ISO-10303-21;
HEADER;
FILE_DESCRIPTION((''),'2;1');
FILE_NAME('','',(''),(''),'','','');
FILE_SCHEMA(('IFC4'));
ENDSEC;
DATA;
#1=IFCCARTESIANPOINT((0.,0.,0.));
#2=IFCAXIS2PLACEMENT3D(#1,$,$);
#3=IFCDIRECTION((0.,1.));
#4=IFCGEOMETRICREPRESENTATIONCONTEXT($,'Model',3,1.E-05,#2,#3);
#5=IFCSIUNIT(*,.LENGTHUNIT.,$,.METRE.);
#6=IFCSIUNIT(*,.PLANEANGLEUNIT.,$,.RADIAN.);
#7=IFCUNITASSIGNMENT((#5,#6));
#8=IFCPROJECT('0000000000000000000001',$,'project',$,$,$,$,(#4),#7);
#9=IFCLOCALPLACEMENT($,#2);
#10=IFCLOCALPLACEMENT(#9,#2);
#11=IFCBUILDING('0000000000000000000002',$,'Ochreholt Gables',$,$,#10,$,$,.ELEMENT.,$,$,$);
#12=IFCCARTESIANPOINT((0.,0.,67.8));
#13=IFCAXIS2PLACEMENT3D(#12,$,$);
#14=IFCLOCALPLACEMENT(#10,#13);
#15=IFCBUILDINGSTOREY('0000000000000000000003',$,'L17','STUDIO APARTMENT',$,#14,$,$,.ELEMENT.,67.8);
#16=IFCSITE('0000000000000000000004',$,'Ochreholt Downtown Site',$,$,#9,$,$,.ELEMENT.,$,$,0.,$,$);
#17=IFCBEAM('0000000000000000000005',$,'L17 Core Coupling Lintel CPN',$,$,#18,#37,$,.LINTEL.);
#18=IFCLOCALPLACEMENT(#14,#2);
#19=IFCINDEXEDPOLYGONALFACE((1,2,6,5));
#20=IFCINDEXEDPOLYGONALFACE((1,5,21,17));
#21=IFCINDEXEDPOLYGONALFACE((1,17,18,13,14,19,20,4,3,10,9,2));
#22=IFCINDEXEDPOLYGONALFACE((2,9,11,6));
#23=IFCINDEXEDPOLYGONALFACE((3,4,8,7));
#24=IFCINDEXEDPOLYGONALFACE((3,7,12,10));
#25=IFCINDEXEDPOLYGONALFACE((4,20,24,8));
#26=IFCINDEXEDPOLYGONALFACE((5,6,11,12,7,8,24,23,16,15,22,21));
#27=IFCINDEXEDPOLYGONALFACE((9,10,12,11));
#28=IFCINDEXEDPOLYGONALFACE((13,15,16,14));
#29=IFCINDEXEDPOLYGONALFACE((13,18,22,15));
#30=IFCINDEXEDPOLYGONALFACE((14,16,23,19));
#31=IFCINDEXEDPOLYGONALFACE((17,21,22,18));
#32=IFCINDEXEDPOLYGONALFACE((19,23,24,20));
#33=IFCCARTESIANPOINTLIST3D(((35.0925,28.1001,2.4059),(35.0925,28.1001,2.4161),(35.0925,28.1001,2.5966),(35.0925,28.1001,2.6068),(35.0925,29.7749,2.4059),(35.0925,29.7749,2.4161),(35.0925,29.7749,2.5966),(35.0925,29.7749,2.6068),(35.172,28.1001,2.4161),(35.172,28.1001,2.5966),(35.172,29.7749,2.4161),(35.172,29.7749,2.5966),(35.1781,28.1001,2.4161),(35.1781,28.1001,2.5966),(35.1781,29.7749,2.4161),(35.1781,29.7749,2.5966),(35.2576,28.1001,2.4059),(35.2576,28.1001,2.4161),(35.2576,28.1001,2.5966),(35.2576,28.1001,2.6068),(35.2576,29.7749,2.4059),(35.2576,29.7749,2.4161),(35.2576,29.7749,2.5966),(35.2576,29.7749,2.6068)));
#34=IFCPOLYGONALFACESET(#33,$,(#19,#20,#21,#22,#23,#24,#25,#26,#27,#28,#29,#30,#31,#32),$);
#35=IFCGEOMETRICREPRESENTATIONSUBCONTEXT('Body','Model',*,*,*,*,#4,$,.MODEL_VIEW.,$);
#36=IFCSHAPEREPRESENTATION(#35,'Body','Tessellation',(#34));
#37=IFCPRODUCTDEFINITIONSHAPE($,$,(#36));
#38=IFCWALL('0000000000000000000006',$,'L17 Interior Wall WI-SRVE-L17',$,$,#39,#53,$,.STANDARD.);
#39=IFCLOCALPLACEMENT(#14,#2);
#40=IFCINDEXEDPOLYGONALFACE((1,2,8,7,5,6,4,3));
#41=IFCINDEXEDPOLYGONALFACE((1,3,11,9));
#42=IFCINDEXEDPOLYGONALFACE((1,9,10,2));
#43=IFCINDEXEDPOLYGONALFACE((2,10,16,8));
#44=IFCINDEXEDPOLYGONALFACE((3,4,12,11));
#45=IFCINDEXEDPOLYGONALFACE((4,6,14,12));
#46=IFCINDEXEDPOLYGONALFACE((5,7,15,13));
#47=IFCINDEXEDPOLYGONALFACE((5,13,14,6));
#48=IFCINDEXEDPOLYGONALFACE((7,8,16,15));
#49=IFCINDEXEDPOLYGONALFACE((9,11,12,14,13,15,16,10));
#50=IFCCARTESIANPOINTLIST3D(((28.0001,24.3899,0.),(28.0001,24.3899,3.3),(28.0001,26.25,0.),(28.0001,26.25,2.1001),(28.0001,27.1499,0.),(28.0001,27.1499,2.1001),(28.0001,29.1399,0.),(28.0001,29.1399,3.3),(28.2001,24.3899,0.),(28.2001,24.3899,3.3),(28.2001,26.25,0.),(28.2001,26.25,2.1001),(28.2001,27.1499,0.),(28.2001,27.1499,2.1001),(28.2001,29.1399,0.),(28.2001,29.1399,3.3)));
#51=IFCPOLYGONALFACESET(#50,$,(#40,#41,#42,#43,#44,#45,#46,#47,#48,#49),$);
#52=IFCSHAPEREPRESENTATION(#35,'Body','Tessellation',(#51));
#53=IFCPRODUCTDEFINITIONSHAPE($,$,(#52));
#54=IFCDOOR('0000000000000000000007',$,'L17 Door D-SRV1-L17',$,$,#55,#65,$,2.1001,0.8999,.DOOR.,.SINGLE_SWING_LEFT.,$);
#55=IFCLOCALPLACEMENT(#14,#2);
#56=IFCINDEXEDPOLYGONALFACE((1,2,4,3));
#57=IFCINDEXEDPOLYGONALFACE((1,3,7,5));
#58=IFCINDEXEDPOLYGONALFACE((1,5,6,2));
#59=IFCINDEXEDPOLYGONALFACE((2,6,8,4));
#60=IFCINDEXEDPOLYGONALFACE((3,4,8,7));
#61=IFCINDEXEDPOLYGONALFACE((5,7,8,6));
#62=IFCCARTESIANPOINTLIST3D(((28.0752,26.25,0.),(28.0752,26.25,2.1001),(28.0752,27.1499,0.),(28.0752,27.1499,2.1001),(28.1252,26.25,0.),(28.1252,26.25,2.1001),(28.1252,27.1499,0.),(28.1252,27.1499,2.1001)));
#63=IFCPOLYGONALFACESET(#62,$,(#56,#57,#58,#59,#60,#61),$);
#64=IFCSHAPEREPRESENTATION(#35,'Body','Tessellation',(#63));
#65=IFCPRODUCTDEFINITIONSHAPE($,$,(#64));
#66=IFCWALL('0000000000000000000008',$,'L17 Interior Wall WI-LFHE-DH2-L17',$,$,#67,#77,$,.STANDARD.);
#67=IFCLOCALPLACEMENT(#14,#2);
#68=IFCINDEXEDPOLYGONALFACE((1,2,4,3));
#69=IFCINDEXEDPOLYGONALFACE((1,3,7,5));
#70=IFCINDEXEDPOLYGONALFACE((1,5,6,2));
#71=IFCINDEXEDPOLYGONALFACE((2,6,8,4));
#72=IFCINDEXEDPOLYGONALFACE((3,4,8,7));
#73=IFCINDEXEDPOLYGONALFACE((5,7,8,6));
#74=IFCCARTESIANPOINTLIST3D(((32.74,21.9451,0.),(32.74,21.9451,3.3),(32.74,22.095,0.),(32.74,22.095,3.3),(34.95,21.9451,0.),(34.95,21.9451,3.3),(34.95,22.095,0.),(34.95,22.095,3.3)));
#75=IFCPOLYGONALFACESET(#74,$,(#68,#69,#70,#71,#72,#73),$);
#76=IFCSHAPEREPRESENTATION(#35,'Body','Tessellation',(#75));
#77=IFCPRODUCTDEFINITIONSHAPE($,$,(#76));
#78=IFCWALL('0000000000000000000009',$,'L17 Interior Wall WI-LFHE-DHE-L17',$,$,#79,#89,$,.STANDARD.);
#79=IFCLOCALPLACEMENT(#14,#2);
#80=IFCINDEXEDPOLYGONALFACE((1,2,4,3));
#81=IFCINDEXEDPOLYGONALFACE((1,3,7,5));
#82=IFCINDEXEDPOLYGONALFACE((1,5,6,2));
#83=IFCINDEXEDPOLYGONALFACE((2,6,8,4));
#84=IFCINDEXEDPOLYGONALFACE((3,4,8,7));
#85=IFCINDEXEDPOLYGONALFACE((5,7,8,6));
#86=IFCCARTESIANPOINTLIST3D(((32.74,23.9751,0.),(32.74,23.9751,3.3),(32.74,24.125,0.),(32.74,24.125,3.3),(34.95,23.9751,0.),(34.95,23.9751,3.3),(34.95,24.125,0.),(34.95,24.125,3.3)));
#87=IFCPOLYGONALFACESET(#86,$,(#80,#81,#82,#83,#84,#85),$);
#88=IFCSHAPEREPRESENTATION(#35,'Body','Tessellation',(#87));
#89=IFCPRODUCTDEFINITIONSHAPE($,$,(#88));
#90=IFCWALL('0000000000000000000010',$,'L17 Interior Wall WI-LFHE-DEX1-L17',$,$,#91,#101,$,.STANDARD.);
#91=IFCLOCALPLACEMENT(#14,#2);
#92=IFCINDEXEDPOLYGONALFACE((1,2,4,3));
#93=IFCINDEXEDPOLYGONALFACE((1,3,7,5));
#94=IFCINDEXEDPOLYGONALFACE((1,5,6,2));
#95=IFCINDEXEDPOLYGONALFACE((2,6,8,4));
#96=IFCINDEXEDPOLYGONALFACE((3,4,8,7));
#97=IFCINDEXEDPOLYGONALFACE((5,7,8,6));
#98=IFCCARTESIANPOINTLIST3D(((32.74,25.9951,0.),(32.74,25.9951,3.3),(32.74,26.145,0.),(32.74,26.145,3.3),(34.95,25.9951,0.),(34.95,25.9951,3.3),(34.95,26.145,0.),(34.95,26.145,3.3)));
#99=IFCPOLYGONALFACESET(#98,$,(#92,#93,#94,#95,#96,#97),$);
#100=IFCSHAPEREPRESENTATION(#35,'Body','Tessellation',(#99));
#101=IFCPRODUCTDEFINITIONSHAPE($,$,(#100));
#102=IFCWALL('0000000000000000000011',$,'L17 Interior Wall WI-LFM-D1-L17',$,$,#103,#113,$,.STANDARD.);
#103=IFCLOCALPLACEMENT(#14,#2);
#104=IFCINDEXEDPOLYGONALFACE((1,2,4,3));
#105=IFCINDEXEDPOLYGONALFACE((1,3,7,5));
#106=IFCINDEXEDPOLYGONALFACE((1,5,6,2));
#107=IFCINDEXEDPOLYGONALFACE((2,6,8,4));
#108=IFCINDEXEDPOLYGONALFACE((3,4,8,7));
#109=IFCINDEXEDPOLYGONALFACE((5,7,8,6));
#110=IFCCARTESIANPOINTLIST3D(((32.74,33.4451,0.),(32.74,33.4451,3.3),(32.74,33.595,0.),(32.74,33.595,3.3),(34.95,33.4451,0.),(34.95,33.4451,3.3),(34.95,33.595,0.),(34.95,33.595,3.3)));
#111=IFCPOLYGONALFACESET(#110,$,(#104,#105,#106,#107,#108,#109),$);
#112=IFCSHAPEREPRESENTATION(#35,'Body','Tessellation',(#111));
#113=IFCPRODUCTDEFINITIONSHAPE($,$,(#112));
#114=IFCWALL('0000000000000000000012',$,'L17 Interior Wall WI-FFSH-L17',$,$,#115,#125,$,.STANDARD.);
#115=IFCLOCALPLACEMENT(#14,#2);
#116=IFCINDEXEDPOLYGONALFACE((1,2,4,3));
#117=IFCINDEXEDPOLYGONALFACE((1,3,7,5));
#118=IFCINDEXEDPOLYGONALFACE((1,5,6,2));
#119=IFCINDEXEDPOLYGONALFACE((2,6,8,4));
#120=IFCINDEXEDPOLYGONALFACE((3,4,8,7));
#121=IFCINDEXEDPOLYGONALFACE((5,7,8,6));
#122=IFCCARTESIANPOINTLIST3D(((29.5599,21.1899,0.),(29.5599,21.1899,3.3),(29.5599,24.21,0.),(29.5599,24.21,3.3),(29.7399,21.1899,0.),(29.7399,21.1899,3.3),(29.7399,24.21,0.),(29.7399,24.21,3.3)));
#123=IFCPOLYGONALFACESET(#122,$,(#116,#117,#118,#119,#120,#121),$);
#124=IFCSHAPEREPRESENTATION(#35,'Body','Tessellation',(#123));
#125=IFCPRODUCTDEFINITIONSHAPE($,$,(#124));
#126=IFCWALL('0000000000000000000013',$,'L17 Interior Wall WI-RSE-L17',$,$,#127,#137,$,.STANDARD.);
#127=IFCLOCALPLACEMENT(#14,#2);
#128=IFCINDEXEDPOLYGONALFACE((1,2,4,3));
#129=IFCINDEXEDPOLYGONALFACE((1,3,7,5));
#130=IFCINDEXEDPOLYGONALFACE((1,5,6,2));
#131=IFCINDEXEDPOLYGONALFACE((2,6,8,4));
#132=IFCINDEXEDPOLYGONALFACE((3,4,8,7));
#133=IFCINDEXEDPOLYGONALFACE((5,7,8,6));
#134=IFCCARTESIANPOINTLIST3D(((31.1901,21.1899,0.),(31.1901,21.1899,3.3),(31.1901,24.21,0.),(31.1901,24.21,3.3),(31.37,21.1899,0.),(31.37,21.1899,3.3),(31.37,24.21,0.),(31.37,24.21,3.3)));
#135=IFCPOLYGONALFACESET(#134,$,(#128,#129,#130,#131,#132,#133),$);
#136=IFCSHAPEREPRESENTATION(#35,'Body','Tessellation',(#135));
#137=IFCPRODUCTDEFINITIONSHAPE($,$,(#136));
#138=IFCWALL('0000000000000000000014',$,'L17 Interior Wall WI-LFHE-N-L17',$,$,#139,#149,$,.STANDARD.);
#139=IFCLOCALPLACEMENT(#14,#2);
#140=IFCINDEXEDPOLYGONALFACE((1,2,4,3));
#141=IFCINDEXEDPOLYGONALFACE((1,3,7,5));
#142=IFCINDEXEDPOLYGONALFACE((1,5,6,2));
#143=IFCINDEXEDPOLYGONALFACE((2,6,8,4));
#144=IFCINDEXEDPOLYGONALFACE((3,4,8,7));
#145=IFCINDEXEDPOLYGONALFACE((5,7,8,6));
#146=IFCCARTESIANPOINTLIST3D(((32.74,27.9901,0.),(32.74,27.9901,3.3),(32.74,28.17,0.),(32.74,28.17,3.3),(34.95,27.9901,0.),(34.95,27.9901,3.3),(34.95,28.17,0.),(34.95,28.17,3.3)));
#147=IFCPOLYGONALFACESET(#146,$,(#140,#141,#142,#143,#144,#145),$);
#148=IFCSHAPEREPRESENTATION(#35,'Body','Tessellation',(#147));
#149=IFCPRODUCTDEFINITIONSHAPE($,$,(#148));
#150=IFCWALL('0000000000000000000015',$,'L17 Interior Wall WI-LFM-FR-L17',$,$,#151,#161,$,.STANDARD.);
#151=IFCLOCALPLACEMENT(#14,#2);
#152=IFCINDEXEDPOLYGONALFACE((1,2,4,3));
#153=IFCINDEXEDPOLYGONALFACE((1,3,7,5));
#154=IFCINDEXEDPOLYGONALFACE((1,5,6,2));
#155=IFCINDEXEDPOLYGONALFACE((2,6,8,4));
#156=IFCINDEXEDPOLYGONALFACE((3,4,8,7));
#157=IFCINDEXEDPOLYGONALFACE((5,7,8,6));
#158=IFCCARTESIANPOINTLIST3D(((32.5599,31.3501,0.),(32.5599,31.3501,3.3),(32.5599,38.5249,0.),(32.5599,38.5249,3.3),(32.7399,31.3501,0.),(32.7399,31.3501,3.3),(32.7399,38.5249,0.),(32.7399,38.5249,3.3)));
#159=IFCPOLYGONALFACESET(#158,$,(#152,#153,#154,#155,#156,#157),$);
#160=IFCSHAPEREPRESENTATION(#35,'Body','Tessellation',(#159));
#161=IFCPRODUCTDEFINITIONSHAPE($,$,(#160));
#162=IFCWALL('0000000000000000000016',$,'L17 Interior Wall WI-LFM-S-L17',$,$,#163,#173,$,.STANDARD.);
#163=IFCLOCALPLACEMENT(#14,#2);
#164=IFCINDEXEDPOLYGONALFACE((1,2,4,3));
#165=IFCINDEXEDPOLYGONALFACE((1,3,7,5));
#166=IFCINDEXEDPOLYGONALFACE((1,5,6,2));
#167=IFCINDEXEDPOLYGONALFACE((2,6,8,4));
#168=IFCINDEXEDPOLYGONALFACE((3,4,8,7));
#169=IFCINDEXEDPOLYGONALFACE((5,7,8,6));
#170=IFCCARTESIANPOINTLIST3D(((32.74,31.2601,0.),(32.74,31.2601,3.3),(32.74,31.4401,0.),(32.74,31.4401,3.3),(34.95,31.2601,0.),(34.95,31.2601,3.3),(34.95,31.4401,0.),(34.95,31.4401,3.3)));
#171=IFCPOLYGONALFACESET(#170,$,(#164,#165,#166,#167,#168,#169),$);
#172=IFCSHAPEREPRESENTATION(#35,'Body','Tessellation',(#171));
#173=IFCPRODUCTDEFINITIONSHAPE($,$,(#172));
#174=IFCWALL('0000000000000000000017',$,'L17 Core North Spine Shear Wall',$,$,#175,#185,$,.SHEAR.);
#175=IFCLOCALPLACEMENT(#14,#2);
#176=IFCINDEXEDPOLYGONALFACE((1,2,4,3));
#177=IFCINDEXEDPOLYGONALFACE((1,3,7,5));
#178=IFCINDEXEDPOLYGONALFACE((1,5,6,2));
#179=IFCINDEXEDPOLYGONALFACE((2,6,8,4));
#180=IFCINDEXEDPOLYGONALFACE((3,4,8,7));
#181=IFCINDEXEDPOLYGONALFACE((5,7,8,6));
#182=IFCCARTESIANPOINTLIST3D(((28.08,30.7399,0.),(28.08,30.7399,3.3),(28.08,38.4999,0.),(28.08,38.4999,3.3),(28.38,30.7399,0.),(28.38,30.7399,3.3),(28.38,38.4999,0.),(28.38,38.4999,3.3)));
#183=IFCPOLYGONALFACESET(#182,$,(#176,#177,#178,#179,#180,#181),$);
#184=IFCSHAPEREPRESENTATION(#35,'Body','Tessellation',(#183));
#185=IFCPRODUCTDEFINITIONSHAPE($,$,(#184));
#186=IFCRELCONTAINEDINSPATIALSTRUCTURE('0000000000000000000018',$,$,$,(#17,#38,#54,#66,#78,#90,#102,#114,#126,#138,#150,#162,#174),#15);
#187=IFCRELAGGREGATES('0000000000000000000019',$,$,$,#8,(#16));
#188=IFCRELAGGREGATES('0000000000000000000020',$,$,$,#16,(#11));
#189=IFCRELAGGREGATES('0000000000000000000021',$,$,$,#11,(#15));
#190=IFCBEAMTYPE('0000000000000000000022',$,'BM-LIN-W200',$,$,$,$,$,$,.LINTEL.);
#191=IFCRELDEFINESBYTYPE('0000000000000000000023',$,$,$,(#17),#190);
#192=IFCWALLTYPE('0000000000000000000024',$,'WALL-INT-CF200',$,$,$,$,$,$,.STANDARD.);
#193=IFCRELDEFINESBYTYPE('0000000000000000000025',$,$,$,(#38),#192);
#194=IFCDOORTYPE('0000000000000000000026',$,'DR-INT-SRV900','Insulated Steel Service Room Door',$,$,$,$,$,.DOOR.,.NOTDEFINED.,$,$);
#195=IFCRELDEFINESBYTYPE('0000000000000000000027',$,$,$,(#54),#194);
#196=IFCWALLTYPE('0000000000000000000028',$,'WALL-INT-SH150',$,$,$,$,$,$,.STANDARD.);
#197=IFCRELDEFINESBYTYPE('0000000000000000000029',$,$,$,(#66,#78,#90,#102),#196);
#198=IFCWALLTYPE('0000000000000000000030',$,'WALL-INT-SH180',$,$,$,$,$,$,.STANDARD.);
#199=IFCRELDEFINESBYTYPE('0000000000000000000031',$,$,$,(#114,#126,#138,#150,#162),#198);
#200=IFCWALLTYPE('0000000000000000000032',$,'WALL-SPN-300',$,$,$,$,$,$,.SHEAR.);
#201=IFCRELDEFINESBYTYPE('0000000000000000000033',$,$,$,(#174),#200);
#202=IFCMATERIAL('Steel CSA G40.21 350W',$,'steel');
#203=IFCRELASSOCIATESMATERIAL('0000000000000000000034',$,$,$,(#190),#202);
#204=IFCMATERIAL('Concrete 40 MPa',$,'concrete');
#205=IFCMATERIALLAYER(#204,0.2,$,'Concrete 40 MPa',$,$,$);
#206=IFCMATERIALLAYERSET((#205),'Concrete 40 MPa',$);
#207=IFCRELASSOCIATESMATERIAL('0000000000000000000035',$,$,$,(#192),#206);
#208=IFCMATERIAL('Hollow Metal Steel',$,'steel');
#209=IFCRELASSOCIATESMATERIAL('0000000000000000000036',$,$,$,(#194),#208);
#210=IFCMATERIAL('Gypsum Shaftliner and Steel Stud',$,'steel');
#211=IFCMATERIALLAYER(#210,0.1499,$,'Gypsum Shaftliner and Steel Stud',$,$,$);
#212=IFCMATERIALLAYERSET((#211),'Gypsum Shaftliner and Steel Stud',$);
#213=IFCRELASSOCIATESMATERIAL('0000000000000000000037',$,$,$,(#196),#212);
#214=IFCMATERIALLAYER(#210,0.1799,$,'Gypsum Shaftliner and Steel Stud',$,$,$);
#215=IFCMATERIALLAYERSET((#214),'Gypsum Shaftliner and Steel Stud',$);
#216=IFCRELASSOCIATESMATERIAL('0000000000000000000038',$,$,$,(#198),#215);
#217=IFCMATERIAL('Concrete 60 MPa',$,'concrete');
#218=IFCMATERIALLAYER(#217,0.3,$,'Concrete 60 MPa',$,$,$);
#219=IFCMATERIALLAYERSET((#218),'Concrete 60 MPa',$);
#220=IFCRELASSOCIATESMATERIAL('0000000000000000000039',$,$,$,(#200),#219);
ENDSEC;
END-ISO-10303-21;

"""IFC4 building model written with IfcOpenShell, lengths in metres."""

from ifc_helpers import new_model, si_unit, direction, frame, frame_2d, origin, origin_2d, place, context, subcontext, project, spatial, rectangle, i_section, extrude, material, layer, layer_set, material_profile, profile_set, type_object, element, fill, save


model = new_model("IFC4")

# Units and contexts
model_context = context("Model", 3, precision=1e-05, world=origin(), true_north=direction((0.0, 1.0)))
body_context = subcontext(model_context, "Body", "Model", "MODEL_VIEW")
ifc_project = project(units=[si_unit("LENGTHUNIT", "METRE"), si_unit("PLANEANGLEUNIT", "RADIAN")], contexts=[model_context])

# Site, building, storey
site_placement = place(None, origin())
site = spatial("IfcSite", under=ifc_project, at=site_placement, Name="Ochreholt Downtown Site", CompositionType="ELEMENT", RefElevation=0.0)
building_placement = place(site_placement, origin())
building = spatial("IfcBuilding", under=site, at=building_placement, Name="Ochreholt Gables", CompositionType="ELEMENT")
storey_placement = place(building_placement, frame((0.0, 0.0, 67.8)))
storey = spatial("IfcBuildingStorey", under=building, at=storey_placement, Name="L17", Description="STUDIO APARTMENT", CompositionType="ELEMENT", Elevation=67.8)

# Beam
ifc_material_1 = material(Name="Steel CSA G40.21 350W", Category="steel")
ifc_material_profile = material_profile(ifc_material_1, i_section(OverallWidth=0.165, OverallDepth=0.2009, WebThickness=0.0061, FlangeThickness=0.0103, at=origin_2d()), Name="W200X36")
ifc_profile_set = profile_set([ifc_material_profile], Name="Steel CSA G40.21 350W")
beam_type = type_object("IfcBeamType", Name="BM-LIN-W200", PredefinedType="LINTEL", material=ifc_profile_set)
beam_placement = place(storey_placement, frame((35.175, 28.1001, 2.5063), z_axis=(0.0, 1.0, 0.0), x_axis=(-1.0, 0.0, 0.0)))
element("IfcBeam", 1, at=beam_placement, inside=storey, type_object=beam_type, Name="L17 Core Coupling Lintel CPN", PredefinedType="LINTEL", context=body_context, shape_type="SweptSolid", body=[
    extrude(i_section(OverallWidth=0.165, OverallDepth=0.2009, WebThickness=0.0061, FlangeThickness=0.0103, at=origin_2d()), origin(), (0.0, 0.0, 1.0), 1.6748),
])

# Wall, opening, door
ifc_material_2 = material(Name="Concrete 40 MPa", Category="concrete")
ifc_layer_1 = layer(ifc_material_2, 0.2, Name="Concrete 40 MPa")
ifc_layer_set_1 = layer_set([ifc_layer_1], Name="Concrete 40 MPa")
wall_type_1 = type_object("IfcWallType", Name="WALL-INT-CF200", PredefinedType="STANDARD", material=ifc_layer_set_1)
wall_1_placement = place(storey_placement, frame((28.1001, 24.3899, 0.0), z_axis=(0.0, 0.0, 1.0), x_axis=(0.0, 1.0, 0.0)))
wall_1 = element("IfcWall", 2, at=wall_1_placement, inside=storey, type_object=wall_type_1, Name="L17 Interior Wall WI-SRVE-L17", PredefinedType="STANDARD", context=body_context, shape_type="SweptSolid", body=[
    extrude(rectangle(XDim=4.75, YDim=0.2, at=frame_2d((2.375, 0.0))), origin(), (0.0, 0.0, 1.0), 3.3),
])
opening_placement = place(wall_1_placement, frame((1.8601, 0.0, 0.0)))
opening = element("IfcOpeningElement", 3, at=opening_placement, cuts=wall_1, PredefinedType="OPENING", context=body_context, shape_type="SweptSolid", body=[
    extrude(rectangle(XDim=0.8999, YDim=2.1001, at=frame_2d((0.45, 1.05))), frame((0.0, 0.1099, 0.0), z_axis=(0.0, -1.0, 0.0), x_axis=(1.0, 0.0, 0.0)), (0.0, 0.0, 1.0), 0.22),
])
ifc_material_3 = material(Name="Hollow Metal Steel", Category="steel")
door_type = type_object("IfcDoorType", Name="DR-INT-SRV900", Description="Insulated Steel Service Room Door", OperationType="NOTDEFINED", PredefinedType="DOOR", material=ifc_material_3)
door_placement = place(opening_placement, origin())
door = element("IfcDoor", 4, at=door_placement, inside=storey, type_object=door_type, Name="L17 Door D-SRV1-L17", OperationType="SINGLE_SWING_LEFT", OverallHeight=2.1001, OverallWidth=0.8999, PredefinedType="DOOR", context=body_context, shape_type="SweptSolid", body=[
    extrude(rectangle(XDim=0.8999, YDim=2.1001, at=frame_2d((0.45, 1.05))), frame((0.0, 0.0249, 0.0), z_axis=(0.0, -1.0, 0.0), x_axis=(1.0, 0.0, 0.0)), (0.0, 0.0, 1.0), 0.05),
])
fill(opening, door)

# Walls
ifc_material_4 = material(Name="Gypsum Shaftliner and Steel Stud", Category="steel")
ifc_layer_2 = layer(ifc_material_4, 0.1499, Name="Gypsum Shaftliner and Steel Stud")
ifc_layer_set_2 = layer_set([ifc_layer_2], Name="Gypsum Shaftliner and Steel Stud")
wall_type_2 = type_object("IfcWallType", Name="WALL-INT-SH150", PredefinedType="STANDARD", material=ifc_layer_set_2)
for number, where, z_axis, x_axis, name in (
    (5, (32.74, 22.02, 0.0), (0.0, 0.0, 1.0), (1.0, 0.0, 0.0), "L17 Interior Wall WI-LFHE-DH2-L17"),
    (6, (32.74, 24.05, 0.0), (0.0, 0.0, 1.0), (1.0, 0.0, 0.0), "L17 Interior Wall WI-LFHE-DHE-L17"),
    (7, (32.74, 26.0701, 0.0), (0.0, 0.0, 1.0), (1.0, 0.0, 0.0), "L17 Interior Wall WI-LFHE-DEX1-L17"),
    (8, (32.74, 33.52, 0.0), (0.0, 0.0, 1.0), (1.0, 0.0, 0.0), "L17 Interior Wall WI-LFM-D1-L17"),
):
    element("IfcWall", number, at=place(storey_placement, frame(where, z_axis=z_axis, x_axis=x_axis)), inside=storey, type_object=wall_type_2, Name=name, PredefinedType="STANDARD", context=body_context, shape_type="SweptSolid", body=[
        extrude(rectangle(XDim=2.21, YDim=0.1499, at=frame_2d((1.105, 0.0))), origin(), (0.0, 0.0, 1.0), 3.3),
    ])
ifc_layer_3 = layer(ifc_material_4, 0.1799, Name="Gypsum Shaftliner and Steel Stud")
ifc_layer_set_3 = layer_set([ifc_layer_3], Name="Gypsum Shaftliner and Steel Stud")
wall_type_3 = type_object("IfcWallType", Name="WALL-INT-SH180", PredefinedType="STANDARD", material=ifc_layer_set_3)
for number, where, z_axis, x_axis, name in (
    (9, (29.6499, 21.1899, 0.0), (0.0, 0.0, 1.0), (0.0, 1.0, 0.0), "L17 Interior Wall WI-FFSH-L17"),
    (10, (31.28, 21.1899, 0.0), (0.0, 0.0, 1.0), (0.0, 1.0, 0.0), "L17 Interior Wall WI-RSE-L17"),
):
    element("IfcWall", number, at=place(storey_placement, frame(where, z_axis=z_axis, x_axis=x_axis)), inside=storey, type_object=wall_type_3, Name=name, PredefinedType="STANDARD", context=body_context, shape_type="SweptSolid", body=[
        extrude(rectangle(XDim=3.02, YDim=0.1799, at=frame_2d((1.51, 0.0))), origin(), (0.0, 0.0, 1.0), 3.3),
    ])
wall_2_placement = place(storey_placement, frame((32.74, 28.0801, 0.0), z_axis=(0.0, 0.0, 1.0), x_axis=(1.0, 0.0, 0.0)))
element("IfcWall", 11, at=wall_2_placement, inside=storey, type_object=wall_type_3, Name="L17 Interior Wall WI-LFHE-N-L17", PredefinedType="STANDARD", context=body_context, shape_type="SweptSolid", body=[
    extrude(rectangle(XDim=2.21, YDim=0.1799, at=frame_2d((1.105, 0.0))), origin(), (0.0, 0.0, 1.0), 3.3),
])
wall_3_placement = place(storey_placement, frame((32.6499, 31.3501, 0.0), z_axis=(0.0, 0.0, 1.0), x_axis=(0.0, 1.0, 0.0)))
element("IfcWall", 12, at=wall_3_placement, inside=storey, type_object=wall_type_3, Name="L17 Interior Wall WI-LFM-FR-L17", PredefinedType="STANDARD", context=body_context, shape_type="SweptSolid", body=[
    extrude(rectangle(XDim=7.1748, YDim=0.1799, at=frame_2d((3.5874, 0.0))), origin(), (0.0, 0.0, 1.0), 3.3),
])
wall_4_placement = place(storey_placement, frame((32.74, 31.3501, 0.0), z_axis=(0.0, 0.0, 1.0), x_axis=(1.0, 0.0, 0.0)))
element("IfcWall", 13, at=wall_4_placement, inside=storey, type_object=wall_type_3, Name="L17 Interior Wall WI-LFM-S-L17", PredefinedType="STANDARD", context=body_context, shape_type="SweptSolid", body=[
    extrude(rectangle(XDim=2.21, YDim=0.1799, at=frame_2d((1.105, 0.0))), origin(), (0.0, 0.0, 1.0), 3.3),
])
ifc_material_5 = material(Name="Concrete 60 MPa", Category="concrete")
ifc_layer_4 = layer(ifc_material_5, 0.3, Name="Concrete 60 MPa")
ifc_layer_set_4 = layer_set([ifc_layer_4], Name="Concrete 60 MPa")
wall_type_4 = type_object("IfcWallType", Name="WALL-SPN-300", PredefinedType="SHEAR", material=ifc_layer_set_4)
wall_5_placement = place(storey_placement, frame((28.23, 30.74, 0.0), z_axis=(0.0, 0.0, 1.0), x_axis=(0.0, 1.0, 0.0)))
element("IfcWall", 14, at=wall_5_placement, inside=storey, type_object=wall_type_4, Name="L17 Core North Spine Shear Wall", PredefinedType="SHEAR", context=body_context, shape_type="SweptSolid", body=[
    extrude(rectangle(XDim=7.76, YDim=0.3, at=frame_2d((3.8799, 0.0))), origin(), (0.0, 0.0, 1.0), 3.3),
])

save(model, "model.ifc")
